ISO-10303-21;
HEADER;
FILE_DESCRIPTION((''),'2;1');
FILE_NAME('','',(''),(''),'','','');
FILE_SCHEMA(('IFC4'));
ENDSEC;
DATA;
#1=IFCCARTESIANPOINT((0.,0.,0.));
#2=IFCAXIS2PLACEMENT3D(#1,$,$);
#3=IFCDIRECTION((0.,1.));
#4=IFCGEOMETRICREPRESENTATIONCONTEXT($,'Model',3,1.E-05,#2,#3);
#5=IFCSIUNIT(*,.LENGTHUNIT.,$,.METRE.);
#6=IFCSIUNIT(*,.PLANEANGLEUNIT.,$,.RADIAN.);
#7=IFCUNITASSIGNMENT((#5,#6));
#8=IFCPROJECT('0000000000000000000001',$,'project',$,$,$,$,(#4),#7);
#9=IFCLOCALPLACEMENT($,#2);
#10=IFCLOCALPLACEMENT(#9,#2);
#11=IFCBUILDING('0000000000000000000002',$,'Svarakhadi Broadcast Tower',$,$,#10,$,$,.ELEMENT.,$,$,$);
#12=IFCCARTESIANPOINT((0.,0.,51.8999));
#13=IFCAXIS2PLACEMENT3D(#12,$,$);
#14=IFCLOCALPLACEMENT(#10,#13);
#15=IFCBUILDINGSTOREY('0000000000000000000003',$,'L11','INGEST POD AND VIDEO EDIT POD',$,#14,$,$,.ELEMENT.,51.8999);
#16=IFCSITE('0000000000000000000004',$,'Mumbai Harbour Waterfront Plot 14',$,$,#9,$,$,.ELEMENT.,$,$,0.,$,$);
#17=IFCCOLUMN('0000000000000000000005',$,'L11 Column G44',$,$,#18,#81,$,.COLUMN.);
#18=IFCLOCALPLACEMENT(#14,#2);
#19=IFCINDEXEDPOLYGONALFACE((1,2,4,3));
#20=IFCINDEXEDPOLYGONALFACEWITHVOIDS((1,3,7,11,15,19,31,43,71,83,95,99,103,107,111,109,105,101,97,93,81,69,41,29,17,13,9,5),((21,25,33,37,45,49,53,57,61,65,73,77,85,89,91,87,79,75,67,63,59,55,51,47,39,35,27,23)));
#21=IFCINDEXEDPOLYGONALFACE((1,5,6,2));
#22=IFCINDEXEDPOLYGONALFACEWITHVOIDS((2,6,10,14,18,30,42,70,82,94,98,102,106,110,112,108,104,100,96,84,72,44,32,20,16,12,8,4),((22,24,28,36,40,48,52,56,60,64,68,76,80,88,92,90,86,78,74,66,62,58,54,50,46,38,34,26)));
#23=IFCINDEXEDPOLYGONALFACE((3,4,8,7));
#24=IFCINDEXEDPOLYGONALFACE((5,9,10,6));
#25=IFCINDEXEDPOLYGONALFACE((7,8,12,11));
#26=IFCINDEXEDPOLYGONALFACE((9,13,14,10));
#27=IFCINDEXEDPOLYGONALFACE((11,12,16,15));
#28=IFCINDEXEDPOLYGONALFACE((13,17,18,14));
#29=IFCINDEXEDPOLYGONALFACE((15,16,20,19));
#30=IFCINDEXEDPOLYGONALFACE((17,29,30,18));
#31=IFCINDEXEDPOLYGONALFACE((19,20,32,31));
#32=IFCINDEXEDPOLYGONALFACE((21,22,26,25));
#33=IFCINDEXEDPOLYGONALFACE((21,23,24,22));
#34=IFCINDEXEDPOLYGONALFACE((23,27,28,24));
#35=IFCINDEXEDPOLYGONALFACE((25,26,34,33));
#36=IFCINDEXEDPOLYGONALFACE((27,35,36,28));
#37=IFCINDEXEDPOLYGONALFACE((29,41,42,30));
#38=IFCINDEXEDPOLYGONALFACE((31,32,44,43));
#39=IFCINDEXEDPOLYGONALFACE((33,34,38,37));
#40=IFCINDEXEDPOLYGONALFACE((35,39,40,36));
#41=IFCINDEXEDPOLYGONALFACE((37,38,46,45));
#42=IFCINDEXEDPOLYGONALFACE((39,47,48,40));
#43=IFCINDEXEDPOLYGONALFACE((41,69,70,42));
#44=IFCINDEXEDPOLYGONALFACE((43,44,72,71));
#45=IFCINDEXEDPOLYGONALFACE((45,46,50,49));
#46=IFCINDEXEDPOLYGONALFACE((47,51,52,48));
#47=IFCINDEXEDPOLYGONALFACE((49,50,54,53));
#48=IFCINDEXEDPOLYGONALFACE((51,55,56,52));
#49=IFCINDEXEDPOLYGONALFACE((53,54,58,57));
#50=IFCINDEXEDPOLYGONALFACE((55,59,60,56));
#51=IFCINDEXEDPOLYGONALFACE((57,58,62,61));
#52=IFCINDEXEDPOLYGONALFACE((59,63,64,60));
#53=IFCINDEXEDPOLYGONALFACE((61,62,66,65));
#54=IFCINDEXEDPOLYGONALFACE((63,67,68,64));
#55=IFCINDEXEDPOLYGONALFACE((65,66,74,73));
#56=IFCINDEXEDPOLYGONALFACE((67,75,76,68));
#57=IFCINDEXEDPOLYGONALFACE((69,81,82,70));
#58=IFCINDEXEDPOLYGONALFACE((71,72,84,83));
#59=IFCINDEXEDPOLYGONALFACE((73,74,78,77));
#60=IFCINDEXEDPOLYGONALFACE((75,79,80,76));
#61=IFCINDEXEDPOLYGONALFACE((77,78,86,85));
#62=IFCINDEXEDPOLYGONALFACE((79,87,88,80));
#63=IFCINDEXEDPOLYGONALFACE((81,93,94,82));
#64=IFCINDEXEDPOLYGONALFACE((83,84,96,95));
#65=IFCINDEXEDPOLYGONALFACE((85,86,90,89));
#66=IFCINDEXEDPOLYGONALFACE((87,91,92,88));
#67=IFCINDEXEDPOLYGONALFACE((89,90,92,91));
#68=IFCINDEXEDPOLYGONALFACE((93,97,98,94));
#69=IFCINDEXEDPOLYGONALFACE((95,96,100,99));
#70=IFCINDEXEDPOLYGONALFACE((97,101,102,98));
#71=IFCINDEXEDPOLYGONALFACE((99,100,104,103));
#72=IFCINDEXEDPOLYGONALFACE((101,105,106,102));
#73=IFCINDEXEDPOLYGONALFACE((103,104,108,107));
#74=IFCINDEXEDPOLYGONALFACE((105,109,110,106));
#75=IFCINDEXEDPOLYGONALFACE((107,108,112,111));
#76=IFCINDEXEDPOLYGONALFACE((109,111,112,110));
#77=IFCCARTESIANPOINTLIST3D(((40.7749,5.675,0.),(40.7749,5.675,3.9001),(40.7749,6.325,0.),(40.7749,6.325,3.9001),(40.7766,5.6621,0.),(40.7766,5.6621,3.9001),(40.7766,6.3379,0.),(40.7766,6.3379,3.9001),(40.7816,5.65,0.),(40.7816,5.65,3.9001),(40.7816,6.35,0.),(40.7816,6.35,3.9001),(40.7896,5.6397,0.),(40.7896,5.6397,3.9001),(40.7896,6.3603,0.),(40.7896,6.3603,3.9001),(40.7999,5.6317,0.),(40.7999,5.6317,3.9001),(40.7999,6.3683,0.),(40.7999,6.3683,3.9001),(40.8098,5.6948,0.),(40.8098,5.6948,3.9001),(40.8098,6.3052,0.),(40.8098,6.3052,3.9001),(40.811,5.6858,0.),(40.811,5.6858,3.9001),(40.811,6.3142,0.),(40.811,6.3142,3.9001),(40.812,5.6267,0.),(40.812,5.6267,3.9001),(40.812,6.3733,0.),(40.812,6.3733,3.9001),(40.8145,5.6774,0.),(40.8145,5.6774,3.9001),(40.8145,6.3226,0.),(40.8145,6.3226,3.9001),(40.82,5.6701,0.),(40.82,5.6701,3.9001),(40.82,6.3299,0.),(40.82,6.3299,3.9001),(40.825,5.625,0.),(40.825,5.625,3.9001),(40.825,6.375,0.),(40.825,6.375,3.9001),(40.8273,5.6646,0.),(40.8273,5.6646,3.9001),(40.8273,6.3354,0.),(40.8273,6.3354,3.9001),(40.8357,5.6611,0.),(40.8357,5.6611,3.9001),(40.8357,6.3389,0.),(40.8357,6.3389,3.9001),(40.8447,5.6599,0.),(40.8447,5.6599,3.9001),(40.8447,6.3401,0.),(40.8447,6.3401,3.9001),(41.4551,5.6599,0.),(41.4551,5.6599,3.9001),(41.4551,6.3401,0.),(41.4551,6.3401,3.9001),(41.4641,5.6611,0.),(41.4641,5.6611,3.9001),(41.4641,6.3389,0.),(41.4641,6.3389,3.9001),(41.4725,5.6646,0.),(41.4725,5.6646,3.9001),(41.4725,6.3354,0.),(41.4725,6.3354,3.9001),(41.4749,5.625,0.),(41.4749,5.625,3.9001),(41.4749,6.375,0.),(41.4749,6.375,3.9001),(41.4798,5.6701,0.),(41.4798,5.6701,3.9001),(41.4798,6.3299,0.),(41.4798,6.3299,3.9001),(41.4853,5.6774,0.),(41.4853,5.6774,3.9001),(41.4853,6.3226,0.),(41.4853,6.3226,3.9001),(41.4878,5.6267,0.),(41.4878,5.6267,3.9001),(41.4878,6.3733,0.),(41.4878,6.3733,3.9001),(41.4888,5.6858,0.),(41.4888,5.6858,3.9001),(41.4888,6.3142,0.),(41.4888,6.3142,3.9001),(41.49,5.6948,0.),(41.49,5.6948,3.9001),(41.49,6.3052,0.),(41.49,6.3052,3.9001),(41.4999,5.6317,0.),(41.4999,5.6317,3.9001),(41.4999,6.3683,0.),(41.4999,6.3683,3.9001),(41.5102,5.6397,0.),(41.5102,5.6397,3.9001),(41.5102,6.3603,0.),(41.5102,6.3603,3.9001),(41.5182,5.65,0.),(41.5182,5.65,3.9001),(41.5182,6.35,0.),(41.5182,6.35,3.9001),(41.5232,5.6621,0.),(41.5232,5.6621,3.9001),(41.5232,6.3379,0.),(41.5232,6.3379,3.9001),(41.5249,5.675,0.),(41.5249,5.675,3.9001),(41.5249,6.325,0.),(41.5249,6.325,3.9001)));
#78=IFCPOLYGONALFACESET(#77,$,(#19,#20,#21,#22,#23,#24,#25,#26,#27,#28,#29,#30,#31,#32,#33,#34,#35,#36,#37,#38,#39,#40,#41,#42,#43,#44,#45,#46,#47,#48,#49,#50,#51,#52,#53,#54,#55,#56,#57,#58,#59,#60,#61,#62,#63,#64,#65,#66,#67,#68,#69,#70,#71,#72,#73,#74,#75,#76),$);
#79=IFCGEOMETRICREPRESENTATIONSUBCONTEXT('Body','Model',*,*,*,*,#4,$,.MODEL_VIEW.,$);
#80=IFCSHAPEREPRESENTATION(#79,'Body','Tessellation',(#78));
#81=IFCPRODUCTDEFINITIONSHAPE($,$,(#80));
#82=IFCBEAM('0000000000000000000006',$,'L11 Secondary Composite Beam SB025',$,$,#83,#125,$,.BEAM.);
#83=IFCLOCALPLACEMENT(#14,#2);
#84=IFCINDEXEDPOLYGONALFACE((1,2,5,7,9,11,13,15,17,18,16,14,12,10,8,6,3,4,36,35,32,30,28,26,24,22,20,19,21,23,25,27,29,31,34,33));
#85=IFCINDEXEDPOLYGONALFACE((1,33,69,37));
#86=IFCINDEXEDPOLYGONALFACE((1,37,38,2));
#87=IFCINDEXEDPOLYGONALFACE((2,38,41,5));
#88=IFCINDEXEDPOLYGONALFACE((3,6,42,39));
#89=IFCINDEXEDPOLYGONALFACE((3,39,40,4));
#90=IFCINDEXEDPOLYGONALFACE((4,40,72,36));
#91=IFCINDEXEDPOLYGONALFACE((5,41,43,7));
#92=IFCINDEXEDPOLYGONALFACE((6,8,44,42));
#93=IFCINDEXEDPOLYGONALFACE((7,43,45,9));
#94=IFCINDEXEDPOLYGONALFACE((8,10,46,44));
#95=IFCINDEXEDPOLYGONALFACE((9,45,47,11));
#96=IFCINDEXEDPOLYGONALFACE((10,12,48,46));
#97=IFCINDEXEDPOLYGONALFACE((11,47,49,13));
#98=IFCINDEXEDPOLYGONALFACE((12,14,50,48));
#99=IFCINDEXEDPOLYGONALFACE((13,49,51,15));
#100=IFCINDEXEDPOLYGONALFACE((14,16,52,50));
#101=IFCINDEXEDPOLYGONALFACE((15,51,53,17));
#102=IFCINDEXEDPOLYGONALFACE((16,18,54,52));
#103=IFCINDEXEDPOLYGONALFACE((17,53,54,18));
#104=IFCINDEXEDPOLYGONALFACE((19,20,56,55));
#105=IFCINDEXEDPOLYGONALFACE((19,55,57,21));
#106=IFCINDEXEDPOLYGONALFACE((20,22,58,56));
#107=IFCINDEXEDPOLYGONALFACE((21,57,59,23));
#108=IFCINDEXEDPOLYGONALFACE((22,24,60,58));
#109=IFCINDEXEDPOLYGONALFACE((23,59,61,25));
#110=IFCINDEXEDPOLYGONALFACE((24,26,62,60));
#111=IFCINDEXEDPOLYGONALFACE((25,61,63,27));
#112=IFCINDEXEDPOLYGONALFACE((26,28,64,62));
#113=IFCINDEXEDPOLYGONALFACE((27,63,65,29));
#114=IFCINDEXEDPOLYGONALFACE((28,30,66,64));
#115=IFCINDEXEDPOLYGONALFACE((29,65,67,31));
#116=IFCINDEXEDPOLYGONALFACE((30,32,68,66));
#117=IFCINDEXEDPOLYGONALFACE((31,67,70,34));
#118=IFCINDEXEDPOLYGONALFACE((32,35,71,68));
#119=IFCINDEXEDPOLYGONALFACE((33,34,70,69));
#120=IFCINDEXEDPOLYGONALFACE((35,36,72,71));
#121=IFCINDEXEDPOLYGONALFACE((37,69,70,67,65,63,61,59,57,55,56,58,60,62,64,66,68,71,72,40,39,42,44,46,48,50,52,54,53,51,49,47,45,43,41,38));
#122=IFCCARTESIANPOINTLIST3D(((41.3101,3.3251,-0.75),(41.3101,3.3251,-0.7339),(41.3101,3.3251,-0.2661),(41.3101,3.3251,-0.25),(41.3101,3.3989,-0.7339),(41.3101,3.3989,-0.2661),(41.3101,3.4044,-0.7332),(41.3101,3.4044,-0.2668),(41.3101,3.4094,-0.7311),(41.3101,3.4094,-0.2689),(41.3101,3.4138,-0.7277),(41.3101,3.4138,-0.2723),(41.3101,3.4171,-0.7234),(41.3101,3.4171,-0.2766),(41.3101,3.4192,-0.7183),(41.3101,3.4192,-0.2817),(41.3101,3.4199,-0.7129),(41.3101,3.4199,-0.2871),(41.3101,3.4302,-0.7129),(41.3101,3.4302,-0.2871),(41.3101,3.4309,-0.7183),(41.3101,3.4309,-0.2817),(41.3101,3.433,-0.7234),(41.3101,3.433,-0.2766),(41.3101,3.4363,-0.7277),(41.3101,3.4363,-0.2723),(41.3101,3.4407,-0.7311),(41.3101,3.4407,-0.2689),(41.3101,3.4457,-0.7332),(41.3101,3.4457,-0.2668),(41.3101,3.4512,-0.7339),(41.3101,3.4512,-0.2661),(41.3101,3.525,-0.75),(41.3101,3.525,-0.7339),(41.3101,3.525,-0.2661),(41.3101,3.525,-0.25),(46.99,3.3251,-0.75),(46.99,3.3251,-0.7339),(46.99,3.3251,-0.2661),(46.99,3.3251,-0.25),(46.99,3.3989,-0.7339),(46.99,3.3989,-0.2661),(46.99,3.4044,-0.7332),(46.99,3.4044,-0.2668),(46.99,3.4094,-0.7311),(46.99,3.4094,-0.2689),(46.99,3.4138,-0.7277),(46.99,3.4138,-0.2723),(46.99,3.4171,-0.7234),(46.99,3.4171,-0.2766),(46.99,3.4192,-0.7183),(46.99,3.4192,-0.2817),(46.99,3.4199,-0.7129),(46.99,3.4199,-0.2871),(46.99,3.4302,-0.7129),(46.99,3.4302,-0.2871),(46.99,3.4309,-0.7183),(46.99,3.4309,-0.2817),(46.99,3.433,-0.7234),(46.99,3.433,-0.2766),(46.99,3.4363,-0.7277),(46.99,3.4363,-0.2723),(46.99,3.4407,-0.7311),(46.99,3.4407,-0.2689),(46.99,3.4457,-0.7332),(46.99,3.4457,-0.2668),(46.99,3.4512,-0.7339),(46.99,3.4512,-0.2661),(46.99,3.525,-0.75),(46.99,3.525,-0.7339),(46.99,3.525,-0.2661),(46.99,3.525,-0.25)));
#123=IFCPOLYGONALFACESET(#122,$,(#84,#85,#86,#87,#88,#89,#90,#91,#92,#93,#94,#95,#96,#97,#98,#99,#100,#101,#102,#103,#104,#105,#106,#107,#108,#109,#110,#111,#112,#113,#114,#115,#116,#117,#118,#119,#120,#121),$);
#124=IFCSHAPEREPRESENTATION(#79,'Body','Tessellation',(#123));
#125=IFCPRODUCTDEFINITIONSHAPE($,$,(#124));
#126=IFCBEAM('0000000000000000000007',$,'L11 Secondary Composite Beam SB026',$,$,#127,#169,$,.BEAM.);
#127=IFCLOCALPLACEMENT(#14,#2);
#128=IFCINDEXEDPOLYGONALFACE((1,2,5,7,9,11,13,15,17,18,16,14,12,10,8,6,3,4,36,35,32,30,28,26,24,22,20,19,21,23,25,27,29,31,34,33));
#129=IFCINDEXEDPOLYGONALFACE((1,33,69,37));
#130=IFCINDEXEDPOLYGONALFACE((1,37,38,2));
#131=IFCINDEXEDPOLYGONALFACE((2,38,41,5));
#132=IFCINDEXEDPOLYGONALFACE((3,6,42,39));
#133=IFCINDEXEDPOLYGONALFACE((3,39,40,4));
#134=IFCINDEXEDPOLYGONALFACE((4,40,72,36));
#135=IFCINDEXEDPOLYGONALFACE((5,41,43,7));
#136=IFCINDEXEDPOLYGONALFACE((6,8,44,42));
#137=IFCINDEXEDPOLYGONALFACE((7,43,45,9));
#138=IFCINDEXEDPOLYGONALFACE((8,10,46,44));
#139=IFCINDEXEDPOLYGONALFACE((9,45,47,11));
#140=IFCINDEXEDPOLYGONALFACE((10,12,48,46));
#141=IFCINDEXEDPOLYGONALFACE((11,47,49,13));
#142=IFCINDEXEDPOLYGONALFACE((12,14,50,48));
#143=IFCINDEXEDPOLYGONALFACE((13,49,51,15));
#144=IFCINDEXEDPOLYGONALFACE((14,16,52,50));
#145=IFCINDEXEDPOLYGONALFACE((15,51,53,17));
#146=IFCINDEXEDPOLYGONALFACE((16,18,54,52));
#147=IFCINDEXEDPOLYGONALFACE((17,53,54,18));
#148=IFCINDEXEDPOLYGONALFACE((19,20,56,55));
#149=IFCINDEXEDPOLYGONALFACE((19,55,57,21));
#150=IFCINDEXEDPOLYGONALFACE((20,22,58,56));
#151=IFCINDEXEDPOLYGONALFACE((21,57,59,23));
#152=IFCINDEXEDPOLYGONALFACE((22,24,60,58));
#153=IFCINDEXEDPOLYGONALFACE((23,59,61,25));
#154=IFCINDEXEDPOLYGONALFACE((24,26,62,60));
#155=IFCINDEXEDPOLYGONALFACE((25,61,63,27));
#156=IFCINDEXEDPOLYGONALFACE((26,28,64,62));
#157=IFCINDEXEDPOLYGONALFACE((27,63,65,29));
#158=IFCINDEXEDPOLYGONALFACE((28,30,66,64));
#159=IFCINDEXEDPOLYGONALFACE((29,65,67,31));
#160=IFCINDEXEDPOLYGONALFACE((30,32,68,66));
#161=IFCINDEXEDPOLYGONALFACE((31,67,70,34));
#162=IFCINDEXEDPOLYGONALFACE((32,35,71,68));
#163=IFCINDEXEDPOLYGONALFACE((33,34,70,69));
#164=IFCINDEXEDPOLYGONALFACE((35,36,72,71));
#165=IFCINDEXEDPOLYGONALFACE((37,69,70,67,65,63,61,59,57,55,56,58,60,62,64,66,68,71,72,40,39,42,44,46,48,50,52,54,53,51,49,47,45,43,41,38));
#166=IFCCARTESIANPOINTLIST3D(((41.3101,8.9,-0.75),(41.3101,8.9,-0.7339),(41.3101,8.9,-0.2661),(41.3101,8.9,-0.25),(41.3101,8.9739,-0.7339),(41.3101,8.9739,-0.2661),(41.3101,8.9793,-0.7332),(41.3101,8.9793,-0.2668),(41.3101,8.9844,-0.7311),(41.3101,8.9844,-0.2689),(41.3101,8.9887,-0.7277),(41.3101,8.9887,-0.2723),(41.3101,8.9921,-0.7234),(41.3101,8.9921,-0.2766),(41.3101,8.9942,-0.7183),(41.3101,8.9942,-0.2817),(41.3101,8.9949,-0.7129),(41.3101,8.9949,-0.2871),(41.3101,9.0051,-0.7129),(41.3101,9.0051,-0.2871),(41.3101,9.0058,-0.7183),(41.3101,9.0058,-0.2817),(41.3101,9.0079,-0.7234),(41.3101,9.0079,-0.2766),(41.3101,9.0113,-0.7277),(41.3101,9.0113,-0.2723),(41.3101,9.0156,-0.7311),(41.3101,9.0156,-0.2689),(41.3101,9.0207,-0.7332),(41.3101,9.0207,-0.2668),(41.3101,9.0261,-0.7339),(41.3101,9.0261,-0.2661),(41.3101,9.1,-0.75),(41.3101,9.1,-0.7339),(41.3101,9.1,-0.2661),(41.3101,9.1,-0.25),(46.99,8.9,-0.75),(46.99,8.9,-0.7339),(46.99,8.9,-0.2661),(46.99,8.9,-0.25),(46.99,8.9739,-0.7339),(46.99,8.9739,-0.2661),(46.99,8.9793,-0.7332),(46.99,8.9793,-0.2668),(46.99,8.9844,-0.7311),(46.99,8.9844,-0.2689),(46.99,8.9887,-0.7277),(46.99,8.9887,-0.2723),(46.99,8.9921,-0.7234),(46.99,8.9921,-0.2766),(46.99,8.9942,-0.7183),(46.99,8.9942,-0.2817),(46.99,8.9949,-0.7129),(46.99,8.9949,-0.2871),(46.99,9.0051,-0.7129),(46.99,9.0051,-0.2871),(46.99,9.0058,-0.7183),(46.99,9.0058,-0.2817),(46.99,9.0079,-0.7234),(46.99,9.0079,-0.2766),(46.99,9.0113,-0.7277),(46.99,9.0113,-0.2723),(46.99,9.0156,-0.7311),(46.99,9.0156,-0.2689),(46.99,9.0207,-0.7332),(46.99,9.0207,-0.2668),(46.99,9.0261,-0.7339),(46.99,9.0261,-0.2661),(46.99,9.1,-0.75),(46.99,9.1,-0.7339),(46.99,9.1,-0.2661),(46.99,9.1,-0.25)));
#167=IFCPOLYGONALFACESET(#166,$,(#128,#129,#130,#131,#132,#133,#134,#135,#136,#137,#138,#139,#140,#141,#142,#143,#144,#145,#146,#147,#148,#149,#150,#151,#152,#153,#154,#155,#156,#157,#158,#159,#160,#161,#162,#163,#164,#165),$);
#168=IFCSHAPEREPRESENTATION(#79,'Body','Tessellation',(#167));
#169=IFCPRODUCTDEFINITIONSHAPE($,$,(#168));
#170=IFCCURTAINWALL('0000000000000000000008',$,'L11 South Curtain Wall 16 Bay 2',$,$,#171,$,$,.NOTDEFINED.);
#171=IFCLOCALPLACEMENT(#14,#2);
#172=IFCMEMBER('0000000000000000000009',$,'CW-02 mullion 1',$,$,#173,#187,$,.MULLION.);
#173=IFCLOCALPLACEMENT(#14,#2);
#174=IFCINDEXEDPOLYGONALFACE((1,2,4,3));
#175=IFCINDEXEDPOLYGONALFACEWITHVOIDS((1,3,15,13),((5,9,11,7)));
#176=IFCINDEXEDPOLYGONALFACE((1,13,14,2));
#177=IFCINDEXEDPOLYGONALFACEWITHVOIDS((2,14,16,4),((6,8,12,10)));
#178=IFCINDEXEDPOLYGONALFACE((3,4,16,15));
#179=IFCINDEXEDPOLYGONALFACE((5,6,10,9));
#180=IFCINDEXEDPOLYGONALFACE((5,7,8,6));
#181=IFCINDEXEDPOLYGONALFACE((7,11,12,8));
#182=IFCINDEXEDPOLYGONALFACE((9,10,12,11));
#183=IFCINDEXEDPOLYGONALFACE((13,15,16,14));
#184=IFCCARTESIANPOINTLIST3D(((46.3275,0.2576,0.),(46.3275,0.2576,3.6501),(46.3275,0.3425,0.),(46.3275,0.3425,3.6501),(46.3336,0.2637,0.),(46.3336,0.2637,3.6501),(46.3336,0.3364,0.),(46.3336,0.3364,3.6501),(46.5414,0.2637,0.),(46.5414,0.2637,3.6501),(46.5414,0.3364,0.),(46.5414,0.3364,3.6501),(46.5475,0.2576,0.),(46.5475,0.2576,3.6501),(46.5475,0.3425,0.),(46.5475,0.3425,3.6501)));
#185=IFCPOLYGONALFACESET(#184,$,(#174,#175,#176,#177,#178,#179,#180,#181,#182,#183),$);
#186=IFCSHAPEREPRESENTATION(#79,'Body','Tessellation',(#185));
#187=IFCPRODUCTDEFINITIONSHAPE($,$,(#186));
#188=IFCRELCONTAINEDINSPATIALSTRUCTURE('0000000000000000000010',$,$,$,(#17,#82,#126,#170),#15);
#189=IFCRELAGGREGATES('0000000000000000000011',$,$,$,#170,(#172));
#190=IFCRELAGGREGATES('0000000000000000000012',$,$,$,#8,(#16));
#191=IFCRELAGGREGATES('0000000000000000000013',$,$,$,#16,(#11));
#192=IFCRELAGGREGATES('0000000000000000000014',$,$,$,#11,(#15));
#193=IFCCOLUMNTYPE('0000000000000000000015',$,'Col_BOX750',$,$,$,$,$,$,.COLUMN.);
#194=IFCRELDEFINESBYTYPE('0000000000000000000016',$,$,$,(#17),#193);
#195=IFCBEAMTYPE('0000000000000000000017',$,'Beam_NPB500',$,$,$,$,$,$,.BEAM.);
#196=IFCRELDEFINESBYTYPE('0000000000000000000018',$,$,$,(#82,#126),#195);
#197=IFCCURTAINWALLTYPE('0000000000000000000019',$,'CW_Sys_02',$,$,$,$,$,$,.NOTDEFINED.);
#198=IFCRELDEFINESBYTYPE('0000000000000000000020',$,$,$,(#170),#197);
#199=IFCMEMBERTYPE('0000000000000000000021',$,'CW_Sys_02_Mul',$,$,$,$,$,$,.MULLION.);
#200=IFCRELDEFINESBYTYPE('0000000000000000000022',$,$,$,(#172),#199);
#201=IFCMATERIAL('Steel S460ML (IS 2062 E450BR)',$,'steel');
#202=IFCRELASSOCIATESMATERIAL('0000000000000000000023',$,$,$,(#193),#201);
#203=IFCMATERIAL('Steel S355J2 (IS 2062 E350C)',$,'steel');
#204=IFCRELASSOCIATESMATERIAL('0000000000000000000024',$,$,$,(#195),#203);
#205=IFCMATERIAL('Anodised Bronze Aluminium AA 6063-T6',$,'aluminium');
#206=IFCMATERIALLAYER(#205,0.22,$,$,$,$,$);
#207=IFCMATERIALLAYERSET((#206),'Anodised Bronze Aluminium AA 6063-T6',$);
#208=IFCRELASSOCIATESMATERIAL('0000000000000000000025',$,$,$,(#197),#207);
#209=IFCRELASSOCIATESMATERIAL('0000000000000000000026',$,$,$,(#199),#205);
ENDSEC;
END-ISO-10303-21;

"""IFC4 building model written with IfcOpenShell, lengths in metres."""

from ifc_helpers import new_model, si_unit, direction, frame, origin, origin_2d, place, context, subcontext, project, spatial, hollow_rectangle, i_section, extrude, material, layer, layer_set, material_profile, profile_set, type_object, element, aggregate, save


model = new_model("IFC4")

# Units and contexts
model_context = context("Model", 3, precision=1e-05, world=origin(), true_north=direction((0.0, 1.0)))
body_context = subcontext(model_context, "Body", "Model", "MODEL_VIEW")
ifc_project = project(units=[si_unit("LENGTHUNIT", "METRE"), si_unit("PLANEANGLEUNIT", "RADIAN")], contexts=[model_context])

# Site, building, storey
site_placement = place(None, origin())
site = spatial("IfcSite", under=ifc_project, at=site_placement, Name="Mumbai Harbour Waterfront Plot 14", CompositionType="ELEMENT", RefElevation=0.0)
building_placement = place(site_placement, origin())
building = spatial("IfcBuilding", under=site, at=building_placement, Name="Svarakhadi Broadcast Tower", CompositionType="ELEMENT")
storey_placement = place(building_placement, frame((0.0, 0.0, 51.8999)))
storey = spatial("IfcBuildingStorey", under=building, at=storey_placement, Name="L11", Description="INGEST POD AND VIDEO EDIT POD", CompositionType="ELEMENT", Elevation=51.8999)

# Column
ifc_material_1 = material(Name="Steel S460ML (IS 2062 E450BR)", Category="steel")
ifc_material_profile_1 = material_profile(ifc_material_1, hollow_rectangle(XDim=0.75, YDim=0.75, WallThickness=0.0349, InnerFilletRadius=0.0349, OuterFilletRadius=0.05, at=origin_2d()), Name="BOX 750x750x35")
ifc_profile_set_1 = profile_set([ifc_material_profile_1], Name="Steel S460ML (IS 2062 E450BR)")
column_type = type_object("IfcColumnType", Name="Col_BOX750", PredefinedType="COLUMN", material=ifc_profile_set_1)
column_placement = place(storey_placement, frame((41.1499, 6.0, 0.0), z_axis=(0.0, 0.0, 1.0), x_axis=(1.0, 0.0, 0.0)))
element("IfcColumn", 1, at=column_placement, inside=storey, type_object=column_type, Name="L11 Column G44", PredefinedType="COLUMN", context=body_context, shape_type="SweptSolid", body=[
    extrude(hollow_rectangle(XDim=0.75, YDim=0.75, WallThickness=0.0349, InnerFilletRadius=0.0349, OuterFilletRadius=0.05, at=origin_2d()), origin(), (0.0, 0.0, 1.0), 3.9001),
])

# Beams
ifc_material_2 = material(Name="Steel S355J2 (IS 2062 E350C)", Category="steel")
ifc_material_profile_2 = material_profile(ifc_material_2, i_section(OverallWidth=0.2, OverallDepth=0.5, WebThickness=0.0103, FlangeThickness=0.0161, FilletRadius=0.021, at=origin_2d()), Name="NPB 500x200x91")
ifc_profile_set_2 = profile_set([ifc_material_profile_2], Name="Steel S355J2 (IS 2062 E350C)")
beam_type_1 = type_object("IfcBeamType", Name="Beam_NPB500", PredefinedType="BEAM", material=ifc_profile_set_2)
for number, where, z_axis, x_axis, name in (
    (2, (41.3101, 3.425, -0.5), (1.0, 0.0, 0.0), (0.0, 1.0, 0.0), "L11 Secondary Composite Beam SB025"),
    (3, (41.3101, 9.0, -0.5), (1.0, 0.0, 0.0), (0.0, 1.0, 0.0), "L11 Secondary Composite Beam SB026"),
):
    element("IfcBeam", number, at=place(storey_placement, frame(where, z_axis=z_axis, x_axis=x_axis)), inside=storey, type_object=beam_type_1, Name=name, PredefinedType="BEAM", context=body_context, shape_type="SweptSolid", body=[
        extrude(i_section(OverallWidth=0.2, OverallDepth=0.5, WebThickness=0.0103, FlangeThickness=0.0161, FilletRadius=0.021, at=origin_2d()), origin(), (0.0, 0.0, 1.0), 5.6799),
    ])

# Curtain wall, member
ifc_material_3 = material(Name="Anodised Bronze Aluminium AA 6063-T6", Category="aluminium")
ifc_layer_1 = layer(ifc_material_3, 0.22)
ifc_layer_set_1 = layer_set([ifc_layer_1], Name="Anodised Bronze Aluminium AA 6063-T6")
curtain_wall_type = type_object("IfcCurtainWallType", Name="CW_Sys_02", PredefinedType="NOTDEFINED", material=ifc_layer_set_1)
curtain_wall_placement = place(storey_placement, origin())
curtain_wall = element("IfcCurtainWall", 4, at=curtain_wall_placement, inside=storey, type_object=curtain_wall_type, Name="L11 South Curtain Wall 16 Bay 2", PredefinedType="NOTDEFINED")
ifc_material_profile_3 = material_profile(ifc_material_3, hollow_rectangle(XDim=0.085, YDim=0.22, WallThickness=0.0061, at=origin_2d()), Name="ALU MULLION 220x85x6")
ifc_profile_set_3 = profile_set([ifc_material_profile_3], Name="Anodised Bronze Aluminium AA 6063-T6")
member_type_1 = type_object("IfcMemberType", Name="CW_Sys_02_Mul", PredefinedType="MULLION", material=ifc_profile_set_3)
member_1_placement = place(storey_placement, frame((46.4375, 0.3, 0.0), z_axis=(0.0, 0.0, 1.0), x_axis=(0.0, -1.0, 0.0)))
member_1 = element("IfcMember", 5, at=member_1_placement, type_object=member_type_1, Name="CW-02 mullion 1", PredefinedType="MULLION", context=body_context, shape_type="SweptSolid", body=[
    extrude(hollow_rectangle(XDim=0.085, YDim=0.22, WallThickness=0.0061, at=origin_2d()), origin(), (0.0, 0.0, 1.0), 3.6501),
])

aggregate(curtain_wall, [member_1])

save(model, "model.ifc")
